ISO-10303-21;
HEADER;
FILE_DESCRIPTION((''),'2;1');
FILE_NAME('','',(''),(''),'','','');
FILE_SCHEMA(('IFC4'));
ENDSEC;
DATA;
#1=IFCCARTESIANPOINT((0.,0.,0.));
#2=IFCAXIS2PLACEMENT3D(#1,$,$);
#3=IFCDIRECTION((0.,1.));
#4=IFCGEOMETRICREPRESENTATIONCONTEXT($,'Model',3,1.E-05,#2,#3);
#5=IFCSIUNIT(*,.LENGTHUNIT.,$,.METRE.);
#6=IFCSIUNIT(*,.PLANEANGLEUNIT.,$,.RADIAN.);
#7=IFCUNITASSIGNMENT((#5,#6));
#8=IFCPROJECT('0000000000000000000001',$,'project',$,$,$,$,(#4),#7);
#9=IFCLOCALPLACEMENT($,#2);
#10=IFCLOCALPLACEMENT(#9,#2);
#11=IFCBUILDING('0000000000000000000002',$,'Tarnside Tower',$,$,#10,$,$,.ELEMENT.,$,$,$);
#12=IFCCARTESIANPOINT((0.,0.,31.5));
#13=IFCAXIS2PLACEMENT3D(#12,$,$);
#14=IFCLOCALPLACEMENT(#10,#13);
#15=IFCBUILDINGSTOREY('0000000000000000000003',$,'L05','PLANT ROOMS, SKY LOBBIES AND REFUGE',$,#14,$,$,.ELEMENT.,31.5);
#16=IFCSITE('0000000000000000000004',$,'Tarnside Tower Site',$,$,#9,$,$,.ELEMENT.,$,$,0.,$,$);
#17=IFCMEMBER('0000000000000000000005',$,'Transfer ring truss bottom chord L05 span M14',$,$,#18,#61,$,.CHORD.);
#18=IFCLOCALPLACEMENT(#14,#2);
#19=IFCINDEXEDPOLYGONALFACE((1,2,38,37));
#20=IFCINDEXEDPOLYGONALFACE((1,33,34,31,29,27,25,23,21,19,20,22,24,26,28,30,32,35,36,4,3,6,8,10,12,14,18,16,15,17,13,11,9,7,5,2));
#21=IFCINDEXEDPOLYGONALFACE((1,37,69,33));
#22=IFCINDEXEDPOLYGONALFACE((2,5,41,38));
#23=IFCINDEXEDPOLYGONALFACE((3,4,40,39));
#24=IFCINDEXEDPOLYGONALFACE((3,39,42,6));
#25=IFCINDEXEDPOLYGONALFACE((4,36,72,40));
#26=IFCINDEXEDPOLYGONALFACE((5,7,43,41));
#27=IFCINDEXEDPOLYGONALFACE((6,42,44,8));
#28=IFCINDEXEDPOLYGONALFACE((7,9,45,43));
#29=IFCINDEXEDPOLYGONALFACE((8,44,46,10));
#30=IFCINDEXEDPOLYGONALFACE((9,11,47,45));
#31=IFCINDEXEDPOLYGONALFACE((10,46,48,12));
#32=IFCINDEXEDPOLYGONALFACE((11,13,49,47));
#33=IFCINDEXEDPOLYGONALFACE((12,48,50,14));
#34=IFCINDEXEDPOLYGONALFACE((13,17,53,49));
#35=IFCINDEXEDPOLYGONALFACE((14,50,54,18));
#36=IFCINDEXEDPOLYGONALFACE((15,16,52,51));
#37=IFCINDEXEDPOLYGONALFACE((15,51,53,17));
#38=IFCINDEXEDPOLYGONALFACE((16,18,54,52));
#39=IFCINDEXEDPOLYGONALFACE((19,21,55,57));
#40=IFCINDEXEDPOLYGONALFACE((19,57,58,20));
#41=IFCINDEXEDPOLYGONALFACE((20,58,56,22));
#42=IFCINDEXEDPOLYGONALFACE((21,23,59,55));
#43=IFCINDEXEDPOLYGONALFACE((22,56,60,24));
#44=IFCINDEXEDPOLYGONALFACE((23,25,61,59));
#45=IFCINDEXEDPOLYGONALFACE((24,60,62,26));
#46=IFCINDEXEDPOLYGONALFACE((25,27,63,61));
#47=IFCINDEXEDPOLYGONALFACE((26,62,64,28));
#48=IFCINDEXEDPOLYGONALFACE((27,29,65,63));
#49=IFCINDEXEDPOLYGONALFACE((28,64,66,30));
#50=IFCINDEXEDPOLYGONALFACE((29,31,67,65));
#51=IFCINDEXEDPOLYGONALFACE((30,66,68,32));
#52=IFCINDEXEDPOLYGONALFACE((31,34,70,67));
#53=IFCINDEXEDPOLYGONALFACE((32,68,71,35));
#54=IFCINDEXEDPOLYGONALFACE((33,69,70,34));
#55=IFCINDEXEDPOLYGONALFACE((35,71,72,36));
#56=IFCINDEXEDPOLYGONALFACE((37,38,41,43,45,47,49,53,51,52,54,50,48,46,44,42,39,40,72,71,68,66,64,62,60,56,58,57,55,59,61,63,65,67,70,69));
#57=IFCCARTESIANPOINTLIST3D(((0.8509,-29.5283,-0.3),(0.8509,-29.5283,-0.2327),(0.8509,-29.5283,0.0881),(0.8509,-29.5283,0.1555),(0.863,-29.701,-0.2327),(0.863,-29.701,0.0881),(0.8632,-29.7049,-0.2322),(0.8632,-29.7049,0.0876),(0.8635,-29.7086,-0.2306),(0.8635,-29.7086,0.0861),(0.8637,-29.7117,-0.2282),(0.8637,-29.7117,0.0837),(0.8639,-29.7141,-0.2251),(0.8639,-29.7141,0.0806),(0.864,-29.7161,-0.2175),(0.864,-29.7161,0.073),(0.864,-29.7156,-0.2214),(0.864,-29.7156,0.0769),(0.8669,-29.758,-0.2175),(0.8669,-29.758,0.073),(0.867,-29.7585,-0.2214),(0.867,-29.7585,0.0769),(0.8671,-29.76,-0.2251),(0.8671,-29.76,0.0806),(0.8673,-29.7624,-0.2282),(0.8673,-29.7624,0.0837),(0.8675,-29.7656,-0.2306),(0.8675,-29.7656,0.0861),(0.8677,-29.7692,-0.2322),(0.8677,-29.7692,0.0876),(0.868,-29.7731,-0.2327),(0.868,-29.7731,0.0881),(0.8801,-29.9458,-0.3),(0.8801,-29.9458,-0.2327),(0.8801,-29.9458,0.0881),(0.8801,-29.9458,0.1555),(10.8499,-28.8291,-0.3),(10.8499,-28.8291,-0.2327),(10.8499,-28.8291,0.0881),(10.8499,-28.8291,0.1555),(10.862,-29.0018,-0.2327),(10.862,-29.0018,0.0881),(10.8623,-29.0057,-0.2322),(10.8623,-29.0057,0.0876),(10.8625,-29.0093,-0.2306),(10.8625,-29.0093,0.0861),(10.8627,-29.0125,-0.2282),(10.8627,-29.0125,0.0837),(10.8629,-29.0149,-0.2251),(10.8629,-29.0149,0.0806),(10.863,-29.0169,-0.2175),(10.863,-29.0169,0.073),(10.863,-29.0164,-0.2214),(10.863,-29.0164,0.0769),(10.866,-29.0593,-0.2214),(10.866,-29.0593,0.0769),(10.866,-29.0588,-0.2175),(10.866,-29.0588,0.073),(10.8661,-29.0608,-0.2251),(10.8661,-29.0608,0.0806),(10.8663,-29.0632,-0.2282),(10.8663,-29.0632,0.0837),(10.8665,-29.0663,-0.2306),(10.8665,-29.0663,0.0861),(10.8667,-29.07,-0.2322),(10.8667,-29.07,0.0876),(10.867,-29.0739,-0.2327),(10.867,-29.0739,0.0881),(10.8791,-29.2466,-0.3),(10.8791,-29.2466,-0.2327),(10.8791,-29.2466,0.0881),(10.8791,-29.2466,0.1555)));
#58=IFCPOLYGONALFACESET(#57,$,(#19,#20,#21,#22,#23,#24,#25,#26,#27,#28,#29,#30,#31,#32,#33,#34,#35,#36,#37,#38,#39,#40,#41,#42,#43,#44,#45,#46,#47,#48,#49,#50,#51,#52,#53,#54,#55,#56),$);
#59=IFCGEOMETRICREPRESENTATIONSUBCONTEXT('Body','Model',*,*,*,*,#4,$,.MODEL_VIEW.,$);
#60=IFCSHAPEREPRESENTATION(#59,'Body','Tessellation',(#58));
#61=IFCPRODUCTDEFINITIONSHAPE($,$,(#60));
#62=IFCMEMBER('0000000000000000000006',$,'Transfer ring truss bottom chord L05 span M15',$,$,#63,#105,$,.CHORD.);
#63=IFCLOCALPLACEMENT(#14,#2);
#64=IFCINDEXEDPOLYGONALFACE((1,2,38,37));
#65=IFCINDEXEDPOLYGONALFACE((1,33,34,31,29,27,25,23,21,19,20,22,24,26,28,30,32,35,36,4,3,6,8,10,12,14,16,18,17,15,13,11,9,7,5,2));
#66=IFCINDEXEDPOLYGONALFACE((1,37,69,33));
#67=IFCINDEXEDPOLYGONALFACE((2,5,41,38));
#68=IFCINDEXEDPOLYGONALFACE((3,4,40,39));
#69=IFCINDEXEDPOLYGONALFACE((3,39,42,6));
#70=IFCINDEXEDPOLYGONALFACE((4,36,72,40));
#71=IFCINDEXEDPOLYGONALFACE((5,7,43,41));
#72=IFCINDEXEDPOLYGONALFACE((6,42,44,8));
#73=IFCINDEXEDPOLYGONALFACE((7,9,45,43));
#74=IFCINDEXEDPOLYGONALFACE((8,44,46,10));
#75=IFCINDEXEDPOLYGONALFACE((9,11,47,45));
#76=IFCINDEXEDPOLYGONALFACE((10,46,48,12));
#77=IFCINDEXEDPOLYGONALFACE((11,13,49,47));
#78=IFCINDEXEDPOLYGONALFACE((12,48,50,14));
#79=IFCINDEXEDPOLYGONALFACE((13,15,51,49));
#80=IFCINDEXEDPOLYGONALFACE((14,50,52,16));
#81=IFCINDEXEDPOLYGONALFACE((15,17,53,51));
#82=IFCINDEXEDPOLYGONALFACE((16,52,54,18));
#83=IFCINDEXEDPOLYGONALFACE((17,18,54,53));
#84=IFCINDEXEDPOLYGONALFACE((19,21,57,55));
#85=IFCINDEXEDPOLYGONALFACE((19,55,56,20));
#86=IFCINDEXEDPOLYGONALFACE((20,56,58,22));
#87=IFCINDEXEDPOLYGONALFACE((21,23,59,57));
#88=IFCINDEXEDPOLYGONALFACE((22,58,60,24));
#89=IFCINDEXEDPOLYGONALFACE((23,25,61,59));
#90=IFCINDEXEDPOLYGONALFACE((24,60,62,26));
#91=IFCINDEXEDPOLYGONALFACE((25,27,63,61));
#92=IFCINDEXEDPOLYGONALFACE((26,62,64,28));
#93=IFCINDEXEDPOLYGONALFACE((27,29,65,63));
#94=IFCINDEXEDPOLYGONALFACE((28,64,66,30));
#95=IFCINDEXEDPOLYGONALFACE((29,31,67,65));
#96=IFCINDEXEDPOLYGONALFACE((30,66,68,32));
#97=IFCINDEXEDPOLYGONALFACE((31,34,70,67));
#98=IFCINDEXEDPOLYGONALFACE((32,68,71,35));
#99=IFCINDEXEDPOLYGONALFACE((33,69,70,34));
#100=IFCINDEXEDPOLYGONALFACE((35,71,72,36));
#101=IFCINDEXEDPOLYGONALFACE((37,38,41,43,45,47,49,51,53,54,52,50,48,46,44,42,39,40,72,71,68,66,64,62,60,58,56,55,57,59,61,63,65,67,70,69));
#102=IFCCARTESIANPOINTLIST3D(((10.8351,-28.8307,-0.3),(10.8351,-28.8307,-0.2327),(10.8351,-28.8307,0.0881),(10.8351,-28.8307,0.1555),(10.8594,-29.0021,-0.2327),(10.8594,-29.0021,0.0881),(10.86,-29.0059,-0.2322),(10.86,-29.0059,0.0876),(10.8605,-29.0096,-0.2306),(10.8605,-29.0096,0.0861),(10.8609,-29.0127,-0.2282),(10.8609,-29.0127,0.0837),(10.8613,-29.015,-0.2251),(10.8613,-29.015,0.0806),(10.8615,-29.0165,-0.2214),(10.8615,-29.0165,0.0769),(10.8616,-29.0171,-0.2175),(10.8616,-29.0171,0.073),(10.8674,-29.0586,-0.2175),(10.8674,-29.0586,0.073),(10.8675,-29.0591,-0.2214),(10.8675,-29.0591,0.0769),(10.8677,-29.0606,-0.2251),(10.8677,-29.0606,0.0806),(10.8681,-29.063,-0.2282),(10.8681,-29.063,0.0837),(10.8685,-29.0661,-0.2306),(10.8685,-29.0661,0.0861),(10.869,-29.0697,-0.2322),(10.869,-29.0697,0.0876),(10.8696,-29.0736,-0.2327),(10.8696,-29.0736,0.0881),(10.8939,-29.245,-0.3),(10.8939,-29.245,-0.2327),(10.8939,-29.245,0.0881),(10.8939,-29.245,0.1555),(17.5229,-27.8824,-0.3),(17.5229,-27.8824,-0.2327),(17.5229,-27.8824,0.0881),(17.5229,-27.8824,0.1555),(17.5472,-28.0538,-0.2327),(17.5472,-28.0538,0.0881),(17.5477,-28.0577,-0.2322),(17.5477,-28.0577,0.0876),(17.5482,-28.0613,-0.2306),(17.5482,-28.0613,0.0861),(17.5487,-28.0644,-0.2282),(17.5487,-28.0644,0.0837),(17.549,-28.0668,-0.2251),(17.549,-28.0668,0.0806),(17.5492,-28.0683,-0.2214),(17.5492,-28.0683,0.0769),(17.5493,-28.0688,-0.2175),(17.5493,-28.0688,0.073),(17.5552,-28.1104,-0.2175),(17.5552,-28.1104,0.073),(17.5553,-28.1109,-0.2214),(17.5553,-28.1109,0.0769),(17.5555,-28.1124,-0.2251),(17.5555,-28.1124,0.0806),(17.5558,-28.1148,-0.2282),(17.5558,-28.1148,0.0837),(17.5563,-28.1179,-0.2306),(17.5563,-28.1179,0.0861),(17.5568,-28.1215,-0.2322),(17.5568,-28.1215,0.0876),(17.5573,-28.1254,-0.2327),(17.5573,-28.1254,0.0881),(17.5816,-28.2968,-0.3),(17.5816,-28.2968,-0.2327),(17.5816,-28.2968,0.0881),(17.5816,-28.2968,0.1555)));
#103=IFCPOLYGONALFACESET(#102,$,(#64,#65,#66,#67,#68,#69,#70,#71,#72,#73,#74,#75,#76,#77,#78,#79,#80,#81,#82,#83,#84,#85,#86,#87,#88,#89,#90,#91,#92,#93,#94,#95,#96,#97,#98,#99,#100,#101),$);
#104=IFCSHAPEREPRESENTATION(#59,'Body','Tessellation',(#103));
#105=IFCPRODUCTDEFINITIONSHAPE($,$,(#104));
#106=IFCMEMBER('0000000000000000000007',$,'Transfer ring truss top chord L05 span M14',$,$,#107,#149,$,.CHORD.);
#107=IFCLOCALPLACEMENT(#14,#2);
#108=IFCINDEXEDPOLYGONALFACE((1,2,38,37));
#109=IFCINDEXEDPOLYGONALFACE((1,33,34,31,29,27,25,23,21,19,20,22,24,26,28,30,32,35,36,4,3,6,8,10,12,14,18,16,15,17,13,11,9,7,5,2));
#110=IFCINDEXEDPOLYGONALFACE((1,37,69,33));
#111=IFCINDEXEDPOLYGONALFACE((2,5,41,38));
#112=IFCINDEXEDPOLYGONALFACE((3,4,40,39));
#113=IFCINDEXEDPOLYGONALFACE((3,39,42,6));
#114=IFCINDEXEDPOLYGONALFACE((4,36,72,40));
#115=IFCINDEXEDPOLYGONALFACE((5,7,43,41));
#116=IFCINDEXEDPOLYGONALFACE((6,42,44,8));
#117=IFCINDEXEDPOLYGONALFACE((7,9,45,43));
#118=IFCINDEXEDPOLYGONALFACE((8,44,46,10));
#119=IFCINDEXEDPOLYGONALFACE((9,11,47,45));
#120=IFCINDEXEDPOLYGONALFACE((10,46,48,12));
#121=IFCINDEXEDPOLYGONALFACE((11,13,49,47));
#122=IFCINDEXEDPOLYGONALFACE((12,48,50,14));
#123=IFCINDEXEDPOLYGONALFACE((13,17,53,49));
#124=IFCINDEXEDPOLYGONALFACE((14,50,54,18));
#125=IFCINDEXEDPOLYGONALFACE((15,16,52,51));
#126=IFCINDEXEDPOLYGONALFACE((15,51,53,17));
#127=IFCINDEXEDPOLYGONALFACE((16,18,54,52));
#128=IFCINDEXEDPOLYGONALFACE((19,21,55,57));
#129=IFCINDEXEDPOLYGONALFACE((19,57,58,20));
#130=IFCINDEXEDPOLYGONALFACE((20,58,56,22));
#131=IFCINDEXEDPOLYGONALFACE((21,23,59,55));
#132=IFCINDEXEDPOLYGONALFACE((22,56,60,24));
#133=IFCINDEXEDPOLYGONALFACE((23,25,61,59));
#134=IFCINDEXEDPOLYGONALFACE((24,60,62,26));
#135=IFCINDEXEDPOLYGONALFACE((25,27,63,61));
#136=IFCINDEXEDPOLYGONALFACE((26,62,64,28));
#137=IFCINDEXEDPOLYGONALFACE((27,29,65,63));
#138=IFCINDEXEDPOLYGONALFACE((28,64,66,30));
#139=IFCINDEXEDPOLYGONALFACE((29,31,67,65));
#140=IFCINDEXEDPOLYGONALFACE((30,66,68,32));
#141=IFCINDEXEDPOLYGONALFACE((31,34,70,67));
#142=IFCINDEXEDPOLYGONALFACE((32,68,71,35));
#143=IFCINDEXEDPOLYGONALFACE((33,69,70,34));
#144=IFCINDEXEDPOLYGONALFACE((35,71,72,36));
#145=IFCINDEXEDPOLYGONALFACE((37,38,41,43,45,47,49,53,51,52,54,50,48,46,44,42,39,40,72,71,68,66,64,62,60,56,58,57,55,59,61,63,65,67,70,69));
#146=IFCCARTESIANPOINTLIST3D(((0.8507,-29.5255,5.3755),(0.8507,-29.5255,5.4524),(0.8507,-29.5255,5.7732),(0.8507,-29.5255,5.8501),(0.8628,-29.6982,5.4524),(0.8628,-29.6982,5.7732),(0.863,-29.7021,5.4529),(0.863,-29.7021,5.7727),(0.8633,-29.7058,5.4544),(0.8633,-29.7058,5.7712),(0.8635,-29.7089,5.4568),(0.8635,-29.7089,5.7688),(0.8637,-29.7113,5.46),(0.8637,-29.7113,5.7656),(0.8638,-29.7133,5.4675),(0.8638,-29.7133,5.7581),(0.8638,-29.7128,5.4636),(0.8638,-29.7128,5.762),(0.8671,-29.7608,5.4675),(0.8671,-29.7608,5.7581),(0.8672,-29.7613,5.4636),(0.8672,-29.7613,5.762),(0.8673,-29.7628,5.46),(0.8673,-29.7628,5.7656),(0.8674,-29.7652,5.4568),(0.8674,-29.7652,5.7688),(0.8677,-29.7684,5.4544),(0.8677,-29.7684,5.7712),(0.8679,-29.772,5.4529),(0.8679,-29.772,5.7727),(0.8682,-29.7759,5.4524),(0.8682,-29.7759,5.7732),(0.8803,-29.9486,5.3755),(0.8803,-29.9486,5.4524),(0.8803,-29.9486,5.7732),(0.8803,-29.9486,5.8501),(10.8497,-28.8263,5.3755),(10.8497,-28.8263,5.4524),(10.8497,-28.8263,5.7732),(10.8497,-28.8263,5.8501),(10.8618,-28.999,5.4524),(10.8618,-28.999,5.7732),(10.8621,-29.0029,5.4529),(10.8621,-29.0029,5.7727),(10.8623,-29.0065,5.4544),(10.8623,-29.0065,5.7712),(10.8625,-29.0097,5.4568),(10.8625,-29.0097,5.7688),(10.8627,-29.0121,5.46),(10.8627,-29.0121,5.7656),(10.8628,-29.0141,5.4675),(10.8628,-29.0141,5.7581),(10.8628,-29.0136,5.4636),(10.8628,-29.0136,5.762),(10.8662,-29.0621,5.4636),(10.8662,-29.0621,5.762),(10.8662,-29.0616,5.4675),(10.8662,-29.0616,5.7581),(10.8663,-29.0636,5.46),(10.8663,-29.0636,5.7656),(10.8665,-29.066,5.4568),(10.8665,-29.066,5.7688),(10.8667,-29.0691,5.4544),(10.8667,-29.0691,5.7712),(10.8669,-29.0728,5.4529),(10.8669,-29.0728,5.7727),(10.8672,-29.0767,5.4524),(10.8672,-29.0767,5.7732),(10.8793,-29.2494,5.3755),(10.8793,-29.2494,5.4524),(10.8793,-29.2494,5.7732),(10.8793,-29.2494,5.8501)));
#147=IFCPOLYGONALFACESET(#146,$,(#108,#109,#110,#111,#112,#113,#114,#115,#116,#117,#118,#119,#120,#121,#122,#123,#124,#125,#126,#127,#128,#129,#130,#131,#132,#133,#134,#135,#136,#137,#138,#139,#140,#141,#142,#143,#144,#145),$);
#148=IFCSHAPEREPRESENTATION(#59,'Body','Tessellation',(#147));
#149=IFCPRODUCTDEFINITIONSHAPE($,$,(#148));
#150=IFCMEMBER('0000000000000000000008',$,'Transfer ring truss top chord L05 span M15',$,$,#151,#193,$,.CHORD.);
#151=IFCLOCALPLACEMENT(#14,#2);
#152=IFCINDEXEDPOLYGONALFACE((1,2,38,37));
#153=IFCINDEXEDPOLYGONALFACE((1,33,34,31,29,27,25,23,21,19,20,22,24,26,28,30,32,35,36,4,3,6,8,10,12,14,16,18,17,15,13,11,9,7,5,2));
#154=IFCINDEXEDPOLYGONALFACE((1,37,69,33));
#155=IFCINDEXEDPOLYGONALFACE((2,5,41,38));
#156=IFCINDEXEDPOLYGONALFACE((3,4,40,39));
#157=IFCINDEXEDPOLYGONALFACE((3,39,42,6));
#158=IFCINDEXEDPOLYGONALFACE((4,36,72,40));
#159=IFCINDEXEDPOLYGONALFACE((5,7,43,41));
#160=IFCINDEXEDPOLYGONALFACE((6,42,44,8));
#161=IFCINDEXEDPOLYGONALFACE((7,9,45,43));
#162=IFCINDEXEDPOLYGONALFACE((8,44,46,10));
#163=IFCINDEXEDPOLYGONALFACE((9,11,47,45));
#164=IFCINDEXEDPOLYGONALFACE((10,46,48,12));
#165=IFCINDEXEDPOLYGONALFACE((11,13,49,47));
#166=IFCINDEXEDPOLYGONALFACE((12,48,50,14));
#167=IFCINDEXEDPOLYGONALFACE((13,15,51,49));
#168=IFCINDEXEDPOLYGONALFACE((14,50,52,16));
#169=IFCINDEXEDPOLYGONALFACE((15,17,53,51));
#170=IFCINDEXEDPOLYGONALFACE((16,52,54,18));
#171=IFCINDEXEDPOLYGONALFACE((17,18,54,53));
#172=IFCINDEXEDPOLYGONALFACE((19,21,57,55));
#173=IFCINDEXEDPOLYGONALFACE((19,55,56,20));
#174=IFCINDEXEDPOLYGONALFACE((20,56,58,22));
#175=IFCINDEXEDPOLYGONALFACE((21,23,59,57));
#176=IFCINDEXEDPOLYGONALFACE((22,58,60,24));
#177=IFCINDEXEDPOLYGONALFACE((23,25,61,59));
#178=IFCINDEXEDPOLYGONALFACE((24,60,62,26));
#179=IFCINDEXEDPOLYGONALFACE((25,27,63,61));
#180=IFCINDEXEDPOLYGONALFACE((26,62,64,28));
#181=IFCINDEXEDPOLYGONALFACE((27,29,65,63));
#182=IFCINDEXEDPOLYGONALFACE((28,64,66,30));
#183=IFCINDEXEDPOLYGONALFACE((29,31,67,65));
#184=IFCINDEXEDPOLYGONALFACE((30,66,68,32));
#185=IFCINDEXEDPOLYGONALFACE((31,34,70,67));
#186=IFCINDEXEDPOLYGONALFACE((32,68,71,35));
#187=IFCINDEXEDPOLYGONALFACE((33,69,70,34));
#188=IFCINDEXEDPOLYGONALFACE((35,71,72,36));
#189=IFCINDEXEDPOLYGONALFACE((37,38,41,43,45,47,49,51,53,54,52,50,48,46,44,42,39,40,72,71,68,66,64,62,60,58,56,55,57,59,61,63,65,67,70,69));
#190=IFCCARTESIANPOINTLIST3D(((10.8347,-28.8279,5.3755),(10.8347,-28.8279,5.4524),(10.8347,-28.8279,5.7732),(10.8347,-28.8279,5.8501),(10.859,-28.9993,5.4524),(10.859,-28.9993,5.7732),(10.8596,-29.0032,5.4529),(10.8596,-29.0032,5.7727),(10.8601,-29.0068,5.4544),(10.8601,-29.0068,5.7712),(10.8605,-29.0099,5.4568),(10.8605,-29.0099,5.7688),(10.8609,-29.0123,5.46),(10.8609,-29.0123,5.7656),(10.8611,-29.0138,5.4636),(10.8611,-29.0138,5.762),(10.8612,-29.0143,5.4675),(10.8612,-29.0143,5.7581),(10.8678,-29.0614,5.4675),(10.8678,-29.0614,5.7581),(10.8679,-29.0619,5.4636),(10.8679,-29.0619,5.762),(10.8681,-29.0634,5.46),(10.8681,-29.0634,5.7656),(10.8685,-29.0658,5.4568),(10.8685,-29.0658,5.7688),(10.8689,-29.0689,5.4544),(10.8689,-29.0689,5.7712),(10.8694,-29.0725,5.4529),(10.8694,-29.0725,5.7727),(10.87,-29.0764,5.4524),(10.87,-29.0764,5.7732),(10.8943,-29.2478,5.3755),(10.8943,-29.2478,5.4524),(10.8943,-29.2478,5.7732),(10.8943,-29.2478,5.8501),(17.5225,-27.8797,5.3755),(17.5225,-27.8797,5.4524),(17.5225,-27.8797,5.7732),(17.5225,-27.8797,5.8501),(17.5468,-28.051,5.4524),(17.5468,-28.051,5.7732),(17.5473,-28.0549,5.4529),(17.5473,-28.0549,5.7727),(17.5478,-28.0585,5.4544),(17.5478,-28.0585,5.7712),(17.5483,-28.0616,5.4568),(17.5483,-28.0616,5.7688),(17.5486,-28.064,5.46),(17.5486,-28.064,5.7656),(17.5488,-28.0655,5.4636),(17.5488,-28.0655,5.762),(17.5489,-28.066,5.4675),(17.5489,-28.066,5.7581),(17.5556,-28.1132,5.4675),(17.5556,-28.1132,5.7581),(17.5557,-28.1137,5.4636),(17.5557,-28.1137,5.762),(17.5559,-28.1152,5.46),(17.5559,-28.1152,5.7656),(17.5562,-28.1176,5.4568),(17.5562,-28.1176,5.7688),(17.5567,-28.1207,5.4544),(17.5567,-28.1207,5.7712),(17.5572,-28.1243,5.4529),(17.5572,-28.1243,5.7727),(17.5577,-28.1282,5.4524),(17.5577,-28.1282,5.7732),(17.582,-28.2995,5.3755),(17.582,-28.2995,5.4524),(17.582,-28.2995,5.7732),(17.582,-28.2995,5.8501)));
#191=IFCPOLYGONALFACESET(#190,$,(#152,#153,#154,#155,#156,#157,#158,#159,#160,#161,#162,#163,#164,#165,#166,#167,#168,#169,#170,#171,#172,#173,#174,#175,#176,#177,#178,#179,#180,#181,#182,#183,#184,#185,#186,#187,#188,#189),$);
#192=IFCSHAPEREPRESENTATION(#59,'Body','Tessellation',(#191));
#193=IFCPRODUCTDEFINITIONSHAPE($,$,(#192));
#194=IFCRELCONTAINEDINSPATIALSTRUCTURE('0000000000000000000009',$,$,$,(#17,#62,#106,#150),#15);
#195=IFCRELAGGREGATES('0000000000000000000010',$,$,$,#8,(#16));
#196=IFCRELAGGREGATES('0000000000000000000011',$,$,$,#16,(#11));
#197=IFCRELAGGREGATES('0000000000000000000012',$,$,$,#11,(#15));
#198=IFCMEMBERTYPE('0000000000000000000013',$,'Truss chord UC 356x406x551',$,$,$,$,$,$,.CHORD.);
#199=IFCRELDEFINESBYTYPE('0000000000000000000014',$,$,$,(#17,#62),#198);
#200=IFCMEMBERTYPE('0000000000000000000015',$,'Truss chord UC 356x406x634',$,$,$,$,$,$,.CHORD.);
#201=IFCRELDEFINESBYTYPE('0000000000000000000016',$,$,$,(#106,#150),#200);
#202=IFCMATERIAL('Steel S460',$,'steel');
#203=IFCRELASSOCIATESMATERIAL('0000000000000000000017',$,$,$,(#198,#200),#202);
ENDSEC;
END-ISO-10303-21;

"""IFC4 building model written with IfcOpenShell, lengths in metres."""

from ifc_helpers import new_model, si_unit, direction, frame, origin, origin_2d, place, context, subcontext, project, spatial, i_section, extrude, material, material_profile, profile_set, type_object, element, save


model = new_model("IFC4")

# Units and contexts
model_context = context("Model", 3, precision=1e-05, world=origin(), true_north=direction((0.0, 1.0)))
body_context = subcontext(model_context, "Body", "Model", "MODEL_VIEW")
ifc_project = project(units=[si_unit("LENGTHUNIT", "METRE"), si_unit("PLANEANGLEUNIT", "RADIAN")], contexts=[model_context])

# Site, building, storey
site_placement = place(None, origin())
site = spatial("IfcSite", under=ifc_project, at=site_placement, Name="Tarnside Tower Site", CompositionType="ELEMENT", RefElevation=0.0)
building_placement = place(site_placement, origin())
building = spatial("IfcBuilding", under=site, at=building_placement, Name="Tarnside Tower", CompositionType="ELEMENT")
storey_placement = place(building_placement, frame((0.0, 0.0, 31.5)))
storey = spatial("IfcBuildingStorey", under=building, at=storey_placement, Name="L05", Description="PLANT ROOMS, SKY LOBBIES AND REFUGE", CompositionType="ELEMENT", Elevation=31.5)

# Members
ifc_material_1 = material(Name="Steel S460", Category="steel")
ifc_material_profile_1 = material_profile(ifc_material_1, i_section(OverallWidth=0.4185, OverallDepth=0.4556, WebThickness=0.042, FlangeThickness=0.0674, FilletRadius=0.0151, at=origin_2d()), Name="UC 356x406x551")
ifc_profile_set_1 = profile_set([ifc_material_profile_1], Name="Steel S460")
member_type_1 = type_object("IfcMemberType", Name="Truss chord UC 356x406x551", PredefinedType="CHORD", material=ifc_profile_set_1)
member_1_placement = place(storey_placement, frame((0.8655, -29.7371, -0.0723), z_axis=(0.997564, 0.069758, 0.0), x_axis=(-0.069758, 0.997564, 0.0)))
element("IfcMember", 1, at=member_1_placement, inside=storey, type_object=member_type_1, Name="Transfer ring truss bottom chord L05 span M14", PredefinedType="CHORD", context=body_context, shape_type="SweptSolid", body=[
    extrude(i_section(OverallWidth=0.4185, OverallDepth=0.4556, WebThickness=0.042, FlangeThickness=0.0674, FilletRadius=0.0151, at=origin_2d()), origin(), (0.0, 0.0, 1.0), 10.0234),
])
member_2_placement = place(storey_placement, frame((10.8645, -29.0378, -0.0723), z_axis=(0.990097, 0.140384, 0.0), x_axis=(-0.140384, 0.990097, 0.0)))
element("IfcMember", 2, at=member_2_placement, inside=storey, type_object=member_type_1, Name="Transfer ring truss bottom chord L05 span M15", PredefinedType="CHORD", context=body_context, shape_type="SweptSolid", body=[
    extrude(i_section(OverallWidth=0.4185, OverallDepth=0.4556, WebThickness=0.042, FlangeThickness=0.0674, FilletRadius=0.0151, at=origin_2d()), origin(), (0.0, 0.0, 1.0), 6.7546),
])
ifc_material_profile_2 = material_profile(ifc_material_1, i_section(OverallWidth=0.4241, OverallDepth=0.4746, WebThickness=0.0476, FlangeThickness=0.0769, FilletRadius=0.0151, at=origin_2d()), Name="UC 356x406x634")
ifc_profile_set_2 = profile_set([ifc_material_profile_2], Name="Steel S460")
member_type_2 = type_object("IfcMemberType", Name="Truss chord UC 356x406x634", PredefinedType="CHORD", material=ifc_profile_set_2)
member_3_placement = place(storey_placement, frame((0.8655, -29.7371, 5.6128), z_axis=(0.997564, 0.069758, 0.0), x_axis=(-0.069758, 0.997564, 0.0)))
element("IfcMember", 3, at=member_3_placement, inside=storey, type_object=member_type_2, Name="Transfer ring truss top chord L05 span M14", PredefinedType="CHORD", context=body_context, shape_type="SweptSolid", body=[
    extrude(i_section(OverallWidth=0.4241, OverallDepth=0.4746, WebThickness=0.0476, FlangeThickness=0.0769, FilletRadius=0.0151, at=origin_2d()), origin(), (0.0, 0.0, 1.0), 10.0234),
])
member_4_placement = place(storey_placement, frame((10.8645, -29.0378, 5.6128), z_axis=(0.990097, 0.140384, 0.0), x_axis=(-0.140384, 0.990097, 0.0)))
element("IfcMember", 4, at=member_4_placement, inside=storey, type_object=member_type_2, Name="Transfer ring truss top chord L05 span M15", PredefinedType="CHORD", context=body_context, shape_type="SweptSolid", body=[
    extrude(i_section(OverallWidth=0.4241, OverallDepth=0.4746, WebThickness=0.0476, FlangeThickness=0.0769, FilletRadius=0.0151, at=origin_2d()), origin(), (0.0, 0.0, 1.0), 6.7546),
])

save(model, "model.ifc")
